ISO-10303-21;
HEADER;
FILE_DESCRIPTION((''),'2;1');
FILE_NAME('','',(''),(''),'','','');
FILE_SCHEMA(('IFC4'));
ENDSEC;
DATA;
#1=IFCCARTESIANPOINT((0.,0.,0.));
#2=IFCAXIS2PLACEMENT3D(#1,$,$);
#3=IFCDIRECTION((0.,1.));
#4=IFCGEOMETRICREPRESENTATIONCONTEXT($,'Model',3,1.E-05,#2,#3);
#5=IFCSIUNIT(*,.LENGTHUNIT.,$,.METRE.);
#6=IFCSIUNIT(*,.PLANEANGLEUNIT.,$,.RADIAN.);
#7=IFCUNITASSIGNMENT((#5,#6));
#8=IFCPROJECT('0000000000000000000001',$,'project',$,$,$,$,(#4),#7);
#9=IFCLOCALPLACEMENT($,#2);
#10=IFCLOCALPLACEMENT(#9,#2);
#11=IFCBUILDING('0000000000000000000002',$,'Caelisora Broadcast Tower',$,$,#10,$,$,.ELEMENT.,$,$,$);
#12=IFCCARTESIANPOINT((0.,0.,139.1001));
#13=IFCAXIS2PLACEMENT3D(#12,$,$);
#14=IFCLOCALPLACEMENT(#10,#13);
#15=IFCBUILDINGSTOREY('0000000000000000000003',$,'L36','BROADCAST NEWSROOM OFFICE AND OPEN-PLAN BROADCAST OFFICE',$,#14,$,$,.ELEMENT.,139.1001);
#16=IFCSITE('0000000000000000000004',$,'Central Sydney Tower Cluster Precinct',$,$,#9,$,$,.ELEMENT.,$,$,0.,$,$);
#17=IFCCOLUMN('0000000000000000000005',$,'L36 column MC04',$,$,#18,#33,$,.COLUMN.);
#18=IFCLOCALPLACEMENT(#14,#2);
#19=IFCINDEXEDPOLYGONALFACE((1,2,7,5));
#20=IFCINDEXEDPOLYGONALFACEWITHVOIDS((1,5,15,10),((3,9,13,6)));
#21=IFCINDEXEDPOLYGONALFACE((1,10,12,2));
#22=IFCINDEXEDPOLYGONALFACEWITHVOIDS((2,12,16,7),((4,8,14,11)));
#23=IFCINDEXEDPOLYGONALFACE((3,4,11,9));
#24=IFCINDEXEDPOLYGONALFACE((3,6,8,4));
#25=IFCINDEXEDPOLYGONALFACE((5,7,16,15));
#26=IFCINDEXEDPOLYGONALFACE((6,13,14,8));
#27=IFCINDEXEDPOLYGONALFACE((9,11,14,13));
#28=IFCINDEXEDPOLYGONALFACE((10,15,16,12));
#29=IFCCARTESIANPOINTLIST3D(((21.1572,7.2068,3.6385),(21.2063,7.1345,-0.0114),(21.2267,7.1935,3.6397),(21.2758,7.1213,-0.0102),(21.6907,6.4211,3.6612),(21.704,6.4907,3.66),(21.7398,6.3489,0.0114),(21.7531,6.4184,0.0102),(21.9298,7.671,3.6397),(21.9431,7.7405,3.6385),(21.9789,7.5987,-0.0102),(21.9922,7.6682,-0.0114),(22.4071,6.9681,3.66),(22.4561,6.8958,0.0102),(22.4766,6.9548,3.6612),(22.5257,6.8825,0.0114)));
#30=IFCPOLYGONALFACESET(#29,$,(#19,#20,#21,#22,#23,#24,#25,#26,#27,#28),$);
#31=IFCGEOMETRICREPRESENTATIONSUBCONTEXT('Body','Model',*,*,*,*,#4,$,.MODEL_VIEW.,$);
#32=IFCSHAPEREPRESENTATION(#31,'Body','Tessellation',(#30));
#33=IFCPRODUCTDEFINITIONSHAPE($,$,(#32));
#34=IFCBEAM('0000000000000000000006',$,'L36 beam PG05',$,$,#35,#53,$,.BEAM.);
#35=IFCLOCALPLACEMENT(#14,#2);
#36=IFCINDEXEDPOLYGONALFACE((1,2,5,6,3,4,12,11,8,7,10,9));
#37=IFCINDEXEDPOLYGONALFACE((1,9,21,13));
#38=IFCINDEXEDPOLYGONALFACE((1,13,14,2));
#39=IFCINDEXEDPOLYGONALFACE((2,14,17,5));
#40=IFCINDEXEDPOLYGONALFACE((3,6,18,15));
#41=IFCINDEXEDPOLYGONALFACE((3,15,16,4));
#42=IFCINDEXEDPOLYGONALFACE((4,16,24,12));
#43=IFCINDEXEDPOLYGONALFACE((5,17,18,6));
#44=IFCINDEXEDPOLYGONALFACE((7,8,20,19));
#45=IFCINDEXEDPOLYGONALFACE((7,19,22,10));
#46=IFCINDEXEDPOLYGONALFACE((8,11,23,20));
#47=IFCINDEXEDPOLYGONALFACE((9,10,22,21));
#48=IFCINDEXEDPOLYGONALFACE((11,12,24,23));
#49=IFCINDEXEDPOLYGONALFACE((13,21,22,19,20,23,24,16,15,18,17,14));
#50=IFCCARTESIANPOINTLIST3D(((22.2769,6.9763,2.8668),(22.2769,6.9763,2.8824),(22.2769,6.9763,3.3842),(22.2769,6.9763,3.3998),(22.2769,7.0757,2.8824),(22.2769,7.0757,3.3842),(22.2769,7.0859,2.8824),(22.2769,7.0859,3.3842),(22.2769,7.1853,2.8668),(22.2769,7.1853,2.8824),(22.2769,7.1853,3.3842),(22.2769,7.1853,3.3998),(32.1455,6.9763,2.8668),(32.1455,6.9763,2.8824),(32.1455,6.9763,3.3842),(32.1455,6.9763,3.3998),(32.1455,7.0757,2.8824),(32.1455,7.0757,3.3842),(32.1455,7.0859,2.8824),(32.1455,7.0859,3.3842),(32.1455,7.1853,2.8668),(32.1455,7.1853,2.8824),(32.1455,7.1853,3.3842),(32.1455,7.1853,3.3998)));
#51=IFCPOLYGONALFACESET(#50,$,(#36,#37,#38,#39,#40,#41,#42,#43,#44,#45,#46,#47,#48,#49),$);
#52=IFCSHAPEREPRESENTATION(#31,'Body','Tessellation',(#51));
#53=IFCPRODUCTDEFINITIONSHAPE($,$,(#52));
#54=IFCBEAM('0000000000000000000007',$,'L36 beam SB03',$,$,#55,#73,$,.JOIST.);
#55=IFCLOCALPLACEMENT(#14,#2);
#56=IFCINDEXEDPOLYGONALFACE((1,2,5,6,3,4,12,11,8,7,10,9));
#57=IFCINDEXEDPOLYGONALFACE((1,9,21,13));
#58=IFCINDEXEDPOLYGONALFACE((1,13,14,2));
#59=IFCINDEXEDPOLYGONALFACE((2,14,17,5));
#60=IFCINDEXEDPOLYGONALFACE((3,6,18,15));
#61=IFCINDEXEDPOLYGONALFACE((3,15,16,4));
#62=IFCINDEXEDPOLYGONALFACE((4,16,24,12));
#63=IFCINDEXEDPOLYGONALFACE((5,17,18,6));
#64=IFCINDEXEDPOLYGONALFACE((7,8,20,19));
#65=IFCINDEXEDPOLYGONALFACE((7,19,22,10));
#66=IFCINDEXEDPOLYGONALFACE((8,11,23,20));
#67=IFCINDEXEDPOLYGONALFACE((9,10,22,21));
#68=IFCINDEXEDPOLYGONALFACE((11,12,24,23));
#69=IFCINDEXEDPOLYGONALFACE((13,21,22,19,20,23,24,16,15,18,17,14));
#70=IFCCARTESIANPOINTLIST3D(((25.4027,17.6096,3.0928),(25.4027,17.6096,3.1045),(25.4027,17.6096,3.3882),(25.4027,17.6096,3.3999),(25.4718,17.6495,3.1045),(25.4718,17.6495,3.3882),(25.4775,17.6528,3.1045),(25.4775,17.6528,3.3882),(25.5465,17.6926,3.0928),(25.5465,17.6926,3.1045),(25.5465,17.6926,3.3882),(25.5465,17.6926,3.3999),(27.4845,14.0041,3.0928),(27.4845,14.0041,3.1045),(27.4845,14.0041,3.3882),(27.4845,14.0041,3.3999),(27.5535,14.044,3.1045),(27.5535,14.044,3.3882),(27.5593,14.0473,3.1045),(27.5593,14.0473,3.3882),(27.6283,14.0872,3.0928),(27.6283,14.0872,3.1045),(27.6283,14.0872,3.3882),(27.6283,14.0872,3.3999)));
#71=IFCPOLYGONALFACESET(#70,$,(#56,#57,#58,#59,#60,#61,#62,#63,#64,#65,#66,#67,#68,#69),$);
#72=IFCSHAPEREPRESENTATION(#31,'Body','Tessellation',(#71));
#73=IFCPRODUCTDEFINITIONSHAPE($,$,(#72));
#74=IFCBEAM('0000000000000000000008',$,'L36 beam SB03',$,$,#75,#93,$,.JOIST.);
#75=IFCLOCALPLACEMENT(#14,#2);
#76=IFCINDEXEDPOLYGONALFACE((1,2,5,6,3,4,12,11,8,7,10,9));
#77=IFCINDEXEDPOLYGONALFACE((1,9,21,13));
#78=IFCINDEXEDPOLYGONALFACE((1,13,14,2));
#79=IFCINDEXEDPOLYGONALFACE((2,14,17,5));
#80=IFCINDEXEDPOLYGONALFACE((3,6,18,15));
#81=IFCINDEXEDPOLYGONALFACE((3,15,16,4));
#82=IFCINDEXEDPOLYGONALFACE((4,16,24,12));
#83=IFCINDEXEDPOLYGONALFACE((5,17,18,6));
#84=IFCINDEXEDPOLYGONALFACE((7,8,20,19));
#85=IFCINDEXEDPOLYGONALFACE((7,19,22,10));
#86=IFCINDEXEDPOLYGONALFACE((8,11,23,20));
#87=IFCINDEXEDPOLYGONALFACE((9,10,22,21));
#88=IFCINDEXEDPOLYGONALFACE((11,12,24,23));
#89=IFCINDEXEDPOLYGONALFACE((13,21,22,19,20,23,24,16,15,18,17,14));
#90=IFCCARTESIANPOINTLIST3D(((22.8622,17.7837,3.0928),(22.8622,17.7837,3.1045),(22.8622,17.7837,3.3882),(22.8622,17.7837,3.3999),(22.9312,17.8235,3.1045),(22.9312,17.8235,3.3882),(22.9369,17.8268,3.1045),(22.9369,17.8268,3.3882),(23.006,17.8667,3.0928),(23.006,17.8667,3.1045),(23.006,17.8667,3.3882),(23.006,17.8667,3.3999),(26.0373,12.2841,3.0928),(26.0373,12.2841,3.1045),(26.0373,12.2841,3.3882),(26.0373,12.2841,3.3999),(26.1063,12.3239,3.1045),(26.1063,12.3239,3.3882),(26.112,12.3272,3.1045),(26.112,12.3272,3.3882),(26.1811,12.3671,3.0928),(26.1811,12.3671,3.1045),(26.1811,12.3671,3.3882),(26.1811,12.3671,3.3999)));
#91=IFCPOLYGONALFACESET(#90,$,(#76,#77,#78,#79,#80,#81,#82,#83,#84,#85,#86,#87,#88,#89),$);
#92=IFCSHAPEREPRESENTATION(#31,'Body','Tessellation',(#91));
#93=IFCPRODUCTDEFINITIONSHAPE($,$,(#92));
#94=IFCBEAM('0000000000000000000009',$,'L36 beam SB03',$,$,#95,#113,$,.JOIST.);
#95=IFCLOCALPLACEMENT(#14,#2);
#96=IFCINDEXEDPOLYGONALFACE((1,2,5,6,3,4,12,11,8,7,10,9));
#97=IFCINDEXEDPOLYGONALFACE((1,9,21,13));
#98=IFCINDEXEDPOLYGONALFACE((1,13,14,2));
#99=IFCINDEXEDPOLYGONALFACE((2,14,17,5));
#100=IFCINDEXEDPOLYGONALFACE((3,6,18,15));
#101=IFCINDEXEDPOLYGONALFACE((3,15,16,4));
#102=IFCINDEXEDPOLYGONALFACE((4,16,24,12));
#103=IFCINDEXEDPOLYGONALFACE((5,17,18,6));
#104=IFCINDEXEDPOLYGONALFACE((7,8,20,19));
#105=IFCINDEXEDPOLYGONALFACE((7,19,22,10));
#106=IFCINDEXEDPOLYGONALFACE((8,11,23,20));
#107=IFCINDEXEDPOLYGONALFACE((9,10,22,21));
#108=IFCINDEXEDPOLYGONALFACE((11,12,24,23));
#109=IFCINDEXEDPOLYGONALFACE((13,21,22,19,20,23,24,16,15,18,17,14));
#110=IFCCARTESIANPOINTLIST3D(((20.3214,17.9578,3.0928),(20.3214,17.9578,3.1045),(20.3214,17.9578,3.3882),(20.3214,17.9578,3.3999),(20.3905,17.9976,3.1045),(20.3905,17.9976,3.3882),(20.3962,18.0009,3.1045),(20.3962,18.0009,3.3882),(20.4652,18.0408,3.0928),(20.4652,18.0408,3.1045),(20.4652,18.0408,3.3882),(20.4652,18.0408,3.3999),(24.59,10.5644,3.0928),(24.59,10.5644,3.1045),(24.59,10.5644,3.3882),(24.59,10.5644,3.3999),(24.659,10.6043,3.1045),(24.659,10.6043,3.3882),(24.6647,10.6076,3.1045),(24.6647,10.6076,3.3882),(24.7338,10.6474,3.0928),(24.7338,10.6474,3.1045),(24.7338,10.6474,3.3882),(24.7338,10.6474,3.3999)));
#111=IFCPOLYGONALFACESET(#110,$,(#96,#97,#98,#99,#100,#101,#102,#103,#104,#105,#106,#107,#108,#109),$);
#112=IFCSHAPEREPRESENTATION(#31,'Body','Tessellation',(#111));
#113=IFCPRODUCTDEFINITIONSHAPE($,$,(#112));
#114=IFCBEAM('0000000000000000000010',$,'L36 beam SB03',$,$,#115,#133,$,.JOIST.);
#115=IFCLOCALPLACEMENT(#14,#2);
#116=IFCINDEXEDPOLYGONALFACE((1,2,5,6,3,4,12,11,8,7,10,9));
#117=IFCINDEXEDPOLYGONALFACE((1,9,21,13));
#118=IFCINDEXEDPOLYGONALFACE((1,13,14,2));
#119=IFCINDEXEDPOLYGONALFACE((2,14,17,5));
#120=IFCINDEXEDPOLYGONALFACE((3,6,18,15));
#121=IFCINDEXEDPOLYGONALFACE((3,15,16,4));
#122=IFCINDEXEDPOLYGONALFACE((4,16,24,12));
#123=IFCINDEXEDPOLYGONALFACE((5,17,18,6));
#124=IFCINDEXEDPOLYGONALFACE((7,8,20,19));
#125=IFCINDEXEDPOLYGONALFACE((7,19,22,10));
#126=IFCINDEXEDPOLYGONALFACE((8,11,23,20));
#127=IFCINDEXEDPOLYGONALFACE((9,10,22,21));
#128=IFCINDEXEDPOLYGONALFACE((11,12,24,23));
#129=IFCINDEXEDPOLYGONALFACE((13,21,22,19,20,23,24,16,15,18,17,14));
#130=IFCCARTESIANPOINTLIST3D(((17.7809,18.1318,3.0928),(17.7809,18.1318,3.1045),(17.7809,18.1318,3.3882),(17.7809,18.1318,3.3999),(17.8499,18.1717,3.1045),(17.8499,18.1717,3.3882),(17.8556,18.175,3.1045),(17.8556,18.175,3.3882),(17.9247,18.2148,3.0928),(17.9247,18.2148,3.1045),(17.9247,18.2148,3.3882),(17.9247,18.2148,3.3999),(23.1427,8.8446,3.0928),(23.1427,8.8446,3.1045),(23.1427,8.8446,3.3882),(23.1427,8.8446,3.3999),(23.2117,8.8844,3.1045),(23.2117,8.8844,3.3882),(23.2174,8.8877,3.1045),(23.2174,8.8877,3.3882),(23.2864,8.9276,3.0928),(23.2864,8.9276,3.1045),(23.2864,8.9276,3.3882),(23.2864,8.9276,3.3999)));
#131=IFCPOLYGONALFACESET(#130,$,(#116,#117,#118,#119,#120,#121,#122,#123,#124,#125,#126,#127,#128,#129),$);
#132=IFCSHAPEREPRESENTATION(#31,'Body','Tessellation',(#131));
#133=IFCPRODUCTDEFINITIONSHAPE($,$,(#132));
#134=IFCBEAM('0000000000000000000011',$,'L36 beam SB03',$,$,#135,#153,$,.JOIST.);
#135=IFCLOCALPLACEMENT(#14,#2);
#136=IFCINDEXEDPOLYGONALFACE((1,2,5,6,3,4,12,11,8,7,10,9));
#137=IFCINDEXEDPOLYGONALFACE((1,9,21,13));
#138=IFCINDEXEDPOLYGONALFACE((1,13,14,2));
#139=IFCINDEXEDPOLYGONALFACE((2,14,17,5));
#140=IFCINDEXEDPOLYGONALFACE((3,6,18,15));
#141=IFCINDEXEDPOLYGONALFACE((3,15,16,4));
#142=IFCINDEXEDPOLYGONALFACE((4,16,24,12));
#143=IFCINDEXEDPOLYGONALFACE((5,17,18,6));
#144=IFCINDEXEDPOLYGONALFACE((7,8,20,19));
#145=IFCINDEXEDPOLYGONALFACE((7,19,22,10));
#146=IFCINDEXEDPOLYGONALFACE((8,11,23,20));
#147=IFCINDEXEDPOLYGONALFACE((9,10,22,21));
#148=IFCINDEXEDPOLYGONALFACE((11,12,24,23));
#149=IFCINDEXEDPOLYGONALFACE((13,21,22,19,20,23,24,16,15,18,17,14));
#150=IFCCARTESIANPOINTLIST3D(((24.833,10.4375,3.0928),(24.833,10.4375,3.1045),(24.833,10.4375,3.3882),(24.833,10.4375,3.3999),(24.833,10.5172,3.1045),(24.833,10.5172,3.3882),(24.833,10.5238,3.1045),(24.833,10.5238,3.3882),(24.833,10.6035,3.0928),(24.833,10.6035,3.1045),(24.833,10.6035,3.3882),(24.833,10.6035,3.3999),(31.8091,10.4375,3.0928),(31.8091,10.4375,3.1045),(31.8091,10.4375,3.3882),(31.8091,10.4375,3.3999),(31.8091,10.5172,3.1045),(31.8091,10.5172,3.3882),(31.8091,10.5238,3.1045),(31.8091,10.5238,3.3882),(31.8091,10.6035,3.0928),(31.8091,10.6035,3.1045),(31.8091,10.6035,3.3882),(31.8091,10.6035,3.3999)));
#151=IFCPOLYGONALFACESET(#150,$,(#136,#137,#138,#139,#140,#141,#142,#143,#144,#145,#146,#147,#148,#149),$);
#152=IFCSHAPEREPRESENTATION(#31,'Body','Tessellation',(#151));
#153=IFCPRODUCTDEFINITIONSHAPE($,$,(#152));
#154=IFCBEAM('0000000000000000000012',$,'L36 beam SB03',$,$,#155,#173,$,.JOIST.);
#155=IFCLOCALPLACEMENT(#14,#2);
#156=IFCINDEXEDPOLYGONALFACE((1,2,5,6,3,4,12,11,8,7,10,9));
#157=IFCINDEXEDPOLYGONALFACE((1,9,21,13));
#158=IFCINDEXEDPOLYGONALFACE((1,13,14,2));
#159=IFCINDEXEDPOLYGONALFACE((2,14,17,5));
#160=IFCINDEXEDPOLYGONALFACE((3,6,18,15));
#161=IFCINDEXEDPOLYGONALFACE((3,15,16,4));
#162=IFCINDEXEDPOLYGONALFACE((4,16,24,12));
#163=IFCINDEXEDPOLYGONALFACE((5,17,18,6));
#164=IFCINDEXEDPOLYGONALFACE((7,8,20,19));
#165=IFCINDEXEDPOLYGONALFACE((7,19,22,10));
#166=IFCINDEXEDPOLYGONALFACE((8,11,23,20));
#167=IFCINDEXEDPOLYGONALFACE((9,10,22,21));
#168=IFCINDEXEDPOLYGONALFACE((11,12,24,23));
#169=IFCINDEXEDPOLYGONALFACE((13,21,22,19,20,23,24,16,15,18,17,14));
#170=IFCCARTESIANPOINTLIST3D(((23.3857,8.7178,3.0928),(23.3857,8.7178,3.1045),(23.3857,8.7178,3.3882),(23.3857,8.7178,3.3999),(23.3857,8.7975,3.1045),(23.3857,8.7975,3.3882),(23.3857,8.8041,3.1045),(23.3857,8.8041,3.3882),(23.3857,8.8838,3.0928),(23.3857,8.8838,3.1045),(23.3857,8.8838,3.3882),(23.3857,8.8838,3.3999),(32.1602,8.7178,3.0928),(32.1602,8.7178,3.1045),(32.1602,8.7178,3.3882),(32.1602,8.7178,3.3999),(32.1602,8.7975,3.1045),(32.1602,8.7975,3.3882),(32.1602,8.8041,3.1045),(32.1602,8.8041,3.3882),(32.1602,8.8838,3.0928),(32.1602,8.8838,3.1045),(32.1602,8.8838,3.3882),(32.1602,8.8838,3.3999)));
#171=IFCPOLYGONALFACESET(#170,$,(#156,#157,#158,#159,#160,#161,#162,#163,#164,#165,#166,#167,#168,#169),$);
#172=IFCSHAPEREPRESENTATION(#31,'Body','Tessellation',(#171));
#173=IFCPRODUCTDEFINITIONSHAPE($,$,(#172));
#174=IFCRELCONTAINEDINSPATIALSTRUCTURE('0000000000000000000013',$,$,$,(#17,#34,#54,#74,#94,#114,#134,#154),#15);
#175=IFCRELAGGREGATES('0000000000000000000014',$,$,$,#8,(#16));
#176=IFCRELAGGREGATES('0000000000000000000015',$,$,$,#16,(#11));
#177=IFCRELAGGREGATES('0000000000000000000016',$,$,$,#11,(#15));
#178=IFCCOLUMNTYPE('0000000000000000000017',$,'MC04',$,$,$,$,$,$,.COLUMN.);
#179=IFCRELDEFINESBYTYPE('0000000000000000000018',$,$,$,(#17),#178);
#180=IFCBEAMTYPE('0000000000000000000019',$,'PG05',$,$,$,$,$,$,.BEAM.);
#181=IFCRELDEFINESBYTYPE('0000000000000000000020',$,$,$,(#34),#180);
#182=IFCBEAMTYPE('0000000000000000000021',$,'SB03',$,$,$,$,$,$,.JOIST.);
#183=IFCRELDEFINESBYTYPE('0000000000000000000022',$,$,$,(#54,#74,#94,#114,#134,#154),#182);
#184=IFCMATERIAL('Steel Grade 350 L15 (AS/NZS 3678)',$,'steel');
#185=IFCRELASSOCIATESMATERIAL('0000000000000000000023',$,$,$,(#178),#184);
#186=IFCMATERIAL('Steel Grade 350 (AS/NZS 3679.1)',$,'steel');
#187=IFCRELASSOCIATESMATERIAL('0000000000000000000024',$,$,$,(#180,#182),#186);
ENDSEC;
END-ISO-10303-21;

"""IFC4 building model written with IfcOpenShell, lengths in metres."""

from ifc_helpers import new_model, si_unit, direction, frame, origin, origin_2d, place, context, subcontext, project, spatial, hollow_rectangle, i_section, extrude, source, transform, mapped, material, material_profile, profile_set, type_object, type_shapes, element, save


model = new_model("IFC4")

# Units and contexts
model_context = context("Model", 3, precision=1e-05, world=origin(), true_north=direction((0.0, 1.0)))
body_context = subcontext(model_context, "Body", "Model", "MODEL_VIEW")
ifc_project = project(units=[si_unit("LENGTHUNIT", "METRE"), si_unit("PLANEANGLEUNIT", "RADIAN")], contexts=[model_context])

# Site, building, storey
site_placement = place(None, origin())
site = spatial("IfcSite", under=ifc_project, at=site_placement, Name="Central Sydney Tower Cluster Precinct", CompositionType="ELEMENT", RefElevation=0.0)
building_placement = place(site_placement, origin())
building = spatial("IfcBuilding", under=site, at=building_placement, Name="Caelisora Broadcast Tower", CompositionType="ELEMENT")
storey_placement = place(building_placement, frame((0.0, 0.0, 139.1001)))
storey = spatial("IfcBuildingStorey", under=building, at=storey_placement, Name="L36", Description="BROADCAST NEWSROOM OFFICE AND OPEN-PLAN BROADCAST OFFICE", CompositionType="ELEMENT", Elevation=139.1001)

# Column
ifc_material_1 = material(Name="Steel Grade 350 L15 (AS/NZS 3678)", Category="steel")
ifc_material_profile_1 = material_profile(ifc_material_1, hollow_rectangle(XDim=0.95, YDim=0.95, WallThickness=0.05, at=origin_2d()), Name="Steel Grade 350 L15 (AS/NZS 3678)")
ifc_profile_set_1 = profile_set([ifc_material_profile_1], Name="Steel Grade 350 L15 (AS/NZS 3678)")
column_type = type_object("IfcColumnType", Name="MC04", PredefinedType="COLUMN", material=ifc_profile_set_1)
shared_shape_1 = source(origin(), body_context, "Body", "SweptSolid", [
    extrude(hollow_rectangle(XDim=0.95, YDim=0.95, WallThickness=0.05, at=origin_2d()), origin(), (0.0, 0.0, 1.0), 3.6509),
])
type_shapes(column_type, [shared_shape_1])
column_placement = place(storey_placement, frame((21.866, 7.0085, 0.0), z_axis=(-0.013441, 0.019794, 0.999714), x_axis=(-0.82729, -0.561775, 0.0)))
element("IfcColumn", 1, at=column_placement, inside=storey, type_object=column_type, Name="L36 column MC04", PredefinedType="COLUMN", context=body_context, shape_type="MappedRepresentation", body=[
    mapped(shared_shape_1, transform((0.0, 0.0, 0.0), scale=1.0)),
])

# Beams
ifc_material_2 = material(Name="Steel Grade 350 (AS/NZS 3679.1)", Category="steel")
ifc_material_profile_2 = material_profile(ifc_material_2, i_section(OverallWidth=0.209, OverallDepth=0.533, WebThickness=0.0103, FlangeThickness=0.0156, at=origin_2d()), Name="Steel Grade 350 (AS/NZS 3679.1)")
ifc_profile_set_2 = profile_set([ifc_material_profile_2], Name="Steel Grade 350 (AS/NZS 3679.1)")
beam_type_1 = type_object("IfcBeamType", Name="PG05", PredefinedType="BEAM", material=ifc_profile_set_2)
shared_shape_2 = source(origin(), body_context, "Body", "SweptSolid", [
    extrude(i_section(OverallWidth=0.209, OverallDepth=0.533, WebThickness=0.0103, FlangeThickness=0.0156, at=origin_2d()), origin(), (0.0, 0.0, 1.0), 9.8687),
])
type_shapes(beam_type_1, [shared_shape_2])
beam_1_placement = place(storey_placement, frame((22.2769, 7.0808, 3.1333), z_axis=(1.0, 0.0, 0.0), x_axis=(0.0, 1.0, 0.0)))
element("IfcBeam", 2, at=beam_1_placement, inside=storey, type_object=beam_type_1, Name="L36 beam PG05", PredefinedType="BEAM", context=body_context, shape_type="MappedRepresentation", body=[
    mapped(shared_shape_2, transform((0.0, 0.0, 0.0), scale=1.0)),
])
ifc_material_profile_3 = material_profile(ifc_material_2, i_section(OverallWidth=0.166, OverallDepth=0.3071, WebThickness=0.0066, FlangeThickness=0.0117, at=origin_2d()), Name="Steel Grade 350 (AS/NZS 3679.1)")
ifc_profile_set_3 = profile_set([ifc_material_profile_3], Name="Steel Grade 350 (AS/NZS 3679.1)")
beam_type_2 = type_object("IfcBeamType", Name="SB03", PredefinedType="JOIST", material=ifc_profile_set_3)
shared_shape_3 = source(origin(), body_context, "Body", "SweptSolid", [
    extrude(i_section(OverallWidth=0.166, OverallDepth=0.3071, WebThickness=0.0066, FlangeThickness=0.0117, at=origin_2d()), origin(), (0.0, 0.0, 1.0), 4.1633),
])
beam_2_placement = place(storey_placement, frame((25.4746, 17.6511, 3.2463), z_axis=(0.50003, -0.866008, 0.0), x_axis=(0.866008, 0.50003, 0.0)))
element("IfcBeam", 3, at=beam_2_placement, inside=storey, type_object=beam_type_2, Name="L36 beam SB03", PredefinedType="JOIST", context=body_context, shape_type="MappedRepresentation", body=[
    mapped(shared_shape_3, transform((0.0, 0.0, 0.0), scale=1.0)),
])
shared_shape_4 = source(origin(), body_context, "Body", "SweptSolid", [
    extrude(i_section(OverallWidth=0.166, OverallDepth=0.3071, WebThickness=0.0066, FlangeThickness=0.0117, at=origin_2d()), origin(), (0.0, 0.0, 1.0), 6.3503),
])
beam_3_placement = place(storey_placement, frame((22.9341, 17.8252, 3.2463), z_axis=(0.499989, -0.866032, 0.0), x_axis=(0.866032, 0.499989, 0.0)))
element("IfcBeam", 4, at=beam_3_placement, inside=storey, type_object=beam_type_2, Name="L36 beam SB03", PredefinedType="JOIST", context=body_context, shape_type="MappedRepresentation", body=[
    mapped(shared_shape_4, transform((0.0, 0.0, 0.0), scale=1.0)),
])
shared_shape_5 = source(origin(), body_context, "Body", "SweptSolid", [
    extrude(i_section(OverallWidth=0.166, OverallDepth=0.3071, WebThickness=0.0066, FlangeThickness=0.0117, at=origin_2d()), origin(), (0.0, 0.0, 1.0), 8.5371),
])
beam_4_placement = place(storey_placement, frame((20.3933, 17.9993, 3.2463), z_axis=(0.500002, -0.866024, 0.0), x_axis=(0.866024, 0.500002, 0.0)))
element("IfcBeam", 5, at=beam_4_placement, inside=storey, type_object=beam_type_2, Name="L36 beam SB03", PredefinedType="JOIST", context=body_context, shape_type="MappedRepresentation", body=[
    mapped(shared_shape_5, transform((0.0, 0.0, 0.0), scale=1.0)),
])
shared_shape_6 = source(origin(), body_context, "Body", "SweptSolid", [
    extrude(i_section(OverallWidth=0.166, OverallDepth=0.3071, WebThickness=0.0066, FlangeThickness=0.0117, at=origin_2d()), origin(), (0.0, 0.0, 1.0), 10.7239),
])
beam_5_placement = place(storey_placement, frame((17.8528, 18.1733, 3.2463), z_axis=(0.499983, -0.866035, 0.0), x_axis=(0.866035, 0.499983, 0.0)))
element("IfcBeam", 6, at=beam_5_placement, inside=storey, type_object=beam_type_2, Name="L36 beam SB03", PredefinedType="JOIST", context=body_context, shape_type="MappedRepresentation", body=[
    mapped(shared_shape_6, transform((0.0, 0.0, 0.0), scale=1.0)),
])
shared_shape_7 = source(origin(), body_context, "Body", "SweptSolid", [
    extrude(i_section(OverallWidth=0.166, OverallDepth=0.3071, WebThickness=0.0066, FlangeThickness=0.0117, at=origin_2d()), origin(), (0.0, 0.0, 1.0), 6.9761),
])
beam_6_placement = place(storey_placement, frame((24.833, 10.5205, 3.2463), z_axis=(1.0, 0.0, 0.0), x_axis=(0.0, 1.0, 0.0)))
element("IfcBeam", 7, at=beam_6_placement, inside=storey, type_object=beam_type_2, Name="L36 beam SB03", PredefinedType="JOIST", context=body_context, shape_type="MappedRepresentation", body=[
    mapped(shared_shape_7, transform((0.0, 0.0, 0.0), scale=1.0)),
])
shared_shape_8 = source(origin(), body_context, "Body", "SweptSolid", [
    extrude(i_section(OverallWidth=0.166, OverallDepth=0.3071, WebThickness=0.0066, FlangeThickness=0.0117, at=origin_2d()), origin(), (0.0, 0.0, 1.0), 8.7744),
])
type_shapes(beam_type_2, [shared_shape_3, shared_shape_4, shared_shape_5, shared_shape_6, shared_shape_7, shared_shape_8])
beam_7_placement = place(storey_placement, frame((23.3857, 8.8008, 3.2463), z_axis=(1.0, 0.0, 0.0), x_axis=(0.0, 1.0, 0.0)))
element("IfcBeam", 8, at=beam_7_placement, inside=storey, type_object=beam_type_2, Name="L36 beam SB03", PredefinedType="JOIST", context=body_context, shape_type="MappedRepresentation", body=[
    mapped(shared_shape_8, transform((0.0, 0.0, 0.0), scale=1.0)),
])

save(model, "model.ifc")
